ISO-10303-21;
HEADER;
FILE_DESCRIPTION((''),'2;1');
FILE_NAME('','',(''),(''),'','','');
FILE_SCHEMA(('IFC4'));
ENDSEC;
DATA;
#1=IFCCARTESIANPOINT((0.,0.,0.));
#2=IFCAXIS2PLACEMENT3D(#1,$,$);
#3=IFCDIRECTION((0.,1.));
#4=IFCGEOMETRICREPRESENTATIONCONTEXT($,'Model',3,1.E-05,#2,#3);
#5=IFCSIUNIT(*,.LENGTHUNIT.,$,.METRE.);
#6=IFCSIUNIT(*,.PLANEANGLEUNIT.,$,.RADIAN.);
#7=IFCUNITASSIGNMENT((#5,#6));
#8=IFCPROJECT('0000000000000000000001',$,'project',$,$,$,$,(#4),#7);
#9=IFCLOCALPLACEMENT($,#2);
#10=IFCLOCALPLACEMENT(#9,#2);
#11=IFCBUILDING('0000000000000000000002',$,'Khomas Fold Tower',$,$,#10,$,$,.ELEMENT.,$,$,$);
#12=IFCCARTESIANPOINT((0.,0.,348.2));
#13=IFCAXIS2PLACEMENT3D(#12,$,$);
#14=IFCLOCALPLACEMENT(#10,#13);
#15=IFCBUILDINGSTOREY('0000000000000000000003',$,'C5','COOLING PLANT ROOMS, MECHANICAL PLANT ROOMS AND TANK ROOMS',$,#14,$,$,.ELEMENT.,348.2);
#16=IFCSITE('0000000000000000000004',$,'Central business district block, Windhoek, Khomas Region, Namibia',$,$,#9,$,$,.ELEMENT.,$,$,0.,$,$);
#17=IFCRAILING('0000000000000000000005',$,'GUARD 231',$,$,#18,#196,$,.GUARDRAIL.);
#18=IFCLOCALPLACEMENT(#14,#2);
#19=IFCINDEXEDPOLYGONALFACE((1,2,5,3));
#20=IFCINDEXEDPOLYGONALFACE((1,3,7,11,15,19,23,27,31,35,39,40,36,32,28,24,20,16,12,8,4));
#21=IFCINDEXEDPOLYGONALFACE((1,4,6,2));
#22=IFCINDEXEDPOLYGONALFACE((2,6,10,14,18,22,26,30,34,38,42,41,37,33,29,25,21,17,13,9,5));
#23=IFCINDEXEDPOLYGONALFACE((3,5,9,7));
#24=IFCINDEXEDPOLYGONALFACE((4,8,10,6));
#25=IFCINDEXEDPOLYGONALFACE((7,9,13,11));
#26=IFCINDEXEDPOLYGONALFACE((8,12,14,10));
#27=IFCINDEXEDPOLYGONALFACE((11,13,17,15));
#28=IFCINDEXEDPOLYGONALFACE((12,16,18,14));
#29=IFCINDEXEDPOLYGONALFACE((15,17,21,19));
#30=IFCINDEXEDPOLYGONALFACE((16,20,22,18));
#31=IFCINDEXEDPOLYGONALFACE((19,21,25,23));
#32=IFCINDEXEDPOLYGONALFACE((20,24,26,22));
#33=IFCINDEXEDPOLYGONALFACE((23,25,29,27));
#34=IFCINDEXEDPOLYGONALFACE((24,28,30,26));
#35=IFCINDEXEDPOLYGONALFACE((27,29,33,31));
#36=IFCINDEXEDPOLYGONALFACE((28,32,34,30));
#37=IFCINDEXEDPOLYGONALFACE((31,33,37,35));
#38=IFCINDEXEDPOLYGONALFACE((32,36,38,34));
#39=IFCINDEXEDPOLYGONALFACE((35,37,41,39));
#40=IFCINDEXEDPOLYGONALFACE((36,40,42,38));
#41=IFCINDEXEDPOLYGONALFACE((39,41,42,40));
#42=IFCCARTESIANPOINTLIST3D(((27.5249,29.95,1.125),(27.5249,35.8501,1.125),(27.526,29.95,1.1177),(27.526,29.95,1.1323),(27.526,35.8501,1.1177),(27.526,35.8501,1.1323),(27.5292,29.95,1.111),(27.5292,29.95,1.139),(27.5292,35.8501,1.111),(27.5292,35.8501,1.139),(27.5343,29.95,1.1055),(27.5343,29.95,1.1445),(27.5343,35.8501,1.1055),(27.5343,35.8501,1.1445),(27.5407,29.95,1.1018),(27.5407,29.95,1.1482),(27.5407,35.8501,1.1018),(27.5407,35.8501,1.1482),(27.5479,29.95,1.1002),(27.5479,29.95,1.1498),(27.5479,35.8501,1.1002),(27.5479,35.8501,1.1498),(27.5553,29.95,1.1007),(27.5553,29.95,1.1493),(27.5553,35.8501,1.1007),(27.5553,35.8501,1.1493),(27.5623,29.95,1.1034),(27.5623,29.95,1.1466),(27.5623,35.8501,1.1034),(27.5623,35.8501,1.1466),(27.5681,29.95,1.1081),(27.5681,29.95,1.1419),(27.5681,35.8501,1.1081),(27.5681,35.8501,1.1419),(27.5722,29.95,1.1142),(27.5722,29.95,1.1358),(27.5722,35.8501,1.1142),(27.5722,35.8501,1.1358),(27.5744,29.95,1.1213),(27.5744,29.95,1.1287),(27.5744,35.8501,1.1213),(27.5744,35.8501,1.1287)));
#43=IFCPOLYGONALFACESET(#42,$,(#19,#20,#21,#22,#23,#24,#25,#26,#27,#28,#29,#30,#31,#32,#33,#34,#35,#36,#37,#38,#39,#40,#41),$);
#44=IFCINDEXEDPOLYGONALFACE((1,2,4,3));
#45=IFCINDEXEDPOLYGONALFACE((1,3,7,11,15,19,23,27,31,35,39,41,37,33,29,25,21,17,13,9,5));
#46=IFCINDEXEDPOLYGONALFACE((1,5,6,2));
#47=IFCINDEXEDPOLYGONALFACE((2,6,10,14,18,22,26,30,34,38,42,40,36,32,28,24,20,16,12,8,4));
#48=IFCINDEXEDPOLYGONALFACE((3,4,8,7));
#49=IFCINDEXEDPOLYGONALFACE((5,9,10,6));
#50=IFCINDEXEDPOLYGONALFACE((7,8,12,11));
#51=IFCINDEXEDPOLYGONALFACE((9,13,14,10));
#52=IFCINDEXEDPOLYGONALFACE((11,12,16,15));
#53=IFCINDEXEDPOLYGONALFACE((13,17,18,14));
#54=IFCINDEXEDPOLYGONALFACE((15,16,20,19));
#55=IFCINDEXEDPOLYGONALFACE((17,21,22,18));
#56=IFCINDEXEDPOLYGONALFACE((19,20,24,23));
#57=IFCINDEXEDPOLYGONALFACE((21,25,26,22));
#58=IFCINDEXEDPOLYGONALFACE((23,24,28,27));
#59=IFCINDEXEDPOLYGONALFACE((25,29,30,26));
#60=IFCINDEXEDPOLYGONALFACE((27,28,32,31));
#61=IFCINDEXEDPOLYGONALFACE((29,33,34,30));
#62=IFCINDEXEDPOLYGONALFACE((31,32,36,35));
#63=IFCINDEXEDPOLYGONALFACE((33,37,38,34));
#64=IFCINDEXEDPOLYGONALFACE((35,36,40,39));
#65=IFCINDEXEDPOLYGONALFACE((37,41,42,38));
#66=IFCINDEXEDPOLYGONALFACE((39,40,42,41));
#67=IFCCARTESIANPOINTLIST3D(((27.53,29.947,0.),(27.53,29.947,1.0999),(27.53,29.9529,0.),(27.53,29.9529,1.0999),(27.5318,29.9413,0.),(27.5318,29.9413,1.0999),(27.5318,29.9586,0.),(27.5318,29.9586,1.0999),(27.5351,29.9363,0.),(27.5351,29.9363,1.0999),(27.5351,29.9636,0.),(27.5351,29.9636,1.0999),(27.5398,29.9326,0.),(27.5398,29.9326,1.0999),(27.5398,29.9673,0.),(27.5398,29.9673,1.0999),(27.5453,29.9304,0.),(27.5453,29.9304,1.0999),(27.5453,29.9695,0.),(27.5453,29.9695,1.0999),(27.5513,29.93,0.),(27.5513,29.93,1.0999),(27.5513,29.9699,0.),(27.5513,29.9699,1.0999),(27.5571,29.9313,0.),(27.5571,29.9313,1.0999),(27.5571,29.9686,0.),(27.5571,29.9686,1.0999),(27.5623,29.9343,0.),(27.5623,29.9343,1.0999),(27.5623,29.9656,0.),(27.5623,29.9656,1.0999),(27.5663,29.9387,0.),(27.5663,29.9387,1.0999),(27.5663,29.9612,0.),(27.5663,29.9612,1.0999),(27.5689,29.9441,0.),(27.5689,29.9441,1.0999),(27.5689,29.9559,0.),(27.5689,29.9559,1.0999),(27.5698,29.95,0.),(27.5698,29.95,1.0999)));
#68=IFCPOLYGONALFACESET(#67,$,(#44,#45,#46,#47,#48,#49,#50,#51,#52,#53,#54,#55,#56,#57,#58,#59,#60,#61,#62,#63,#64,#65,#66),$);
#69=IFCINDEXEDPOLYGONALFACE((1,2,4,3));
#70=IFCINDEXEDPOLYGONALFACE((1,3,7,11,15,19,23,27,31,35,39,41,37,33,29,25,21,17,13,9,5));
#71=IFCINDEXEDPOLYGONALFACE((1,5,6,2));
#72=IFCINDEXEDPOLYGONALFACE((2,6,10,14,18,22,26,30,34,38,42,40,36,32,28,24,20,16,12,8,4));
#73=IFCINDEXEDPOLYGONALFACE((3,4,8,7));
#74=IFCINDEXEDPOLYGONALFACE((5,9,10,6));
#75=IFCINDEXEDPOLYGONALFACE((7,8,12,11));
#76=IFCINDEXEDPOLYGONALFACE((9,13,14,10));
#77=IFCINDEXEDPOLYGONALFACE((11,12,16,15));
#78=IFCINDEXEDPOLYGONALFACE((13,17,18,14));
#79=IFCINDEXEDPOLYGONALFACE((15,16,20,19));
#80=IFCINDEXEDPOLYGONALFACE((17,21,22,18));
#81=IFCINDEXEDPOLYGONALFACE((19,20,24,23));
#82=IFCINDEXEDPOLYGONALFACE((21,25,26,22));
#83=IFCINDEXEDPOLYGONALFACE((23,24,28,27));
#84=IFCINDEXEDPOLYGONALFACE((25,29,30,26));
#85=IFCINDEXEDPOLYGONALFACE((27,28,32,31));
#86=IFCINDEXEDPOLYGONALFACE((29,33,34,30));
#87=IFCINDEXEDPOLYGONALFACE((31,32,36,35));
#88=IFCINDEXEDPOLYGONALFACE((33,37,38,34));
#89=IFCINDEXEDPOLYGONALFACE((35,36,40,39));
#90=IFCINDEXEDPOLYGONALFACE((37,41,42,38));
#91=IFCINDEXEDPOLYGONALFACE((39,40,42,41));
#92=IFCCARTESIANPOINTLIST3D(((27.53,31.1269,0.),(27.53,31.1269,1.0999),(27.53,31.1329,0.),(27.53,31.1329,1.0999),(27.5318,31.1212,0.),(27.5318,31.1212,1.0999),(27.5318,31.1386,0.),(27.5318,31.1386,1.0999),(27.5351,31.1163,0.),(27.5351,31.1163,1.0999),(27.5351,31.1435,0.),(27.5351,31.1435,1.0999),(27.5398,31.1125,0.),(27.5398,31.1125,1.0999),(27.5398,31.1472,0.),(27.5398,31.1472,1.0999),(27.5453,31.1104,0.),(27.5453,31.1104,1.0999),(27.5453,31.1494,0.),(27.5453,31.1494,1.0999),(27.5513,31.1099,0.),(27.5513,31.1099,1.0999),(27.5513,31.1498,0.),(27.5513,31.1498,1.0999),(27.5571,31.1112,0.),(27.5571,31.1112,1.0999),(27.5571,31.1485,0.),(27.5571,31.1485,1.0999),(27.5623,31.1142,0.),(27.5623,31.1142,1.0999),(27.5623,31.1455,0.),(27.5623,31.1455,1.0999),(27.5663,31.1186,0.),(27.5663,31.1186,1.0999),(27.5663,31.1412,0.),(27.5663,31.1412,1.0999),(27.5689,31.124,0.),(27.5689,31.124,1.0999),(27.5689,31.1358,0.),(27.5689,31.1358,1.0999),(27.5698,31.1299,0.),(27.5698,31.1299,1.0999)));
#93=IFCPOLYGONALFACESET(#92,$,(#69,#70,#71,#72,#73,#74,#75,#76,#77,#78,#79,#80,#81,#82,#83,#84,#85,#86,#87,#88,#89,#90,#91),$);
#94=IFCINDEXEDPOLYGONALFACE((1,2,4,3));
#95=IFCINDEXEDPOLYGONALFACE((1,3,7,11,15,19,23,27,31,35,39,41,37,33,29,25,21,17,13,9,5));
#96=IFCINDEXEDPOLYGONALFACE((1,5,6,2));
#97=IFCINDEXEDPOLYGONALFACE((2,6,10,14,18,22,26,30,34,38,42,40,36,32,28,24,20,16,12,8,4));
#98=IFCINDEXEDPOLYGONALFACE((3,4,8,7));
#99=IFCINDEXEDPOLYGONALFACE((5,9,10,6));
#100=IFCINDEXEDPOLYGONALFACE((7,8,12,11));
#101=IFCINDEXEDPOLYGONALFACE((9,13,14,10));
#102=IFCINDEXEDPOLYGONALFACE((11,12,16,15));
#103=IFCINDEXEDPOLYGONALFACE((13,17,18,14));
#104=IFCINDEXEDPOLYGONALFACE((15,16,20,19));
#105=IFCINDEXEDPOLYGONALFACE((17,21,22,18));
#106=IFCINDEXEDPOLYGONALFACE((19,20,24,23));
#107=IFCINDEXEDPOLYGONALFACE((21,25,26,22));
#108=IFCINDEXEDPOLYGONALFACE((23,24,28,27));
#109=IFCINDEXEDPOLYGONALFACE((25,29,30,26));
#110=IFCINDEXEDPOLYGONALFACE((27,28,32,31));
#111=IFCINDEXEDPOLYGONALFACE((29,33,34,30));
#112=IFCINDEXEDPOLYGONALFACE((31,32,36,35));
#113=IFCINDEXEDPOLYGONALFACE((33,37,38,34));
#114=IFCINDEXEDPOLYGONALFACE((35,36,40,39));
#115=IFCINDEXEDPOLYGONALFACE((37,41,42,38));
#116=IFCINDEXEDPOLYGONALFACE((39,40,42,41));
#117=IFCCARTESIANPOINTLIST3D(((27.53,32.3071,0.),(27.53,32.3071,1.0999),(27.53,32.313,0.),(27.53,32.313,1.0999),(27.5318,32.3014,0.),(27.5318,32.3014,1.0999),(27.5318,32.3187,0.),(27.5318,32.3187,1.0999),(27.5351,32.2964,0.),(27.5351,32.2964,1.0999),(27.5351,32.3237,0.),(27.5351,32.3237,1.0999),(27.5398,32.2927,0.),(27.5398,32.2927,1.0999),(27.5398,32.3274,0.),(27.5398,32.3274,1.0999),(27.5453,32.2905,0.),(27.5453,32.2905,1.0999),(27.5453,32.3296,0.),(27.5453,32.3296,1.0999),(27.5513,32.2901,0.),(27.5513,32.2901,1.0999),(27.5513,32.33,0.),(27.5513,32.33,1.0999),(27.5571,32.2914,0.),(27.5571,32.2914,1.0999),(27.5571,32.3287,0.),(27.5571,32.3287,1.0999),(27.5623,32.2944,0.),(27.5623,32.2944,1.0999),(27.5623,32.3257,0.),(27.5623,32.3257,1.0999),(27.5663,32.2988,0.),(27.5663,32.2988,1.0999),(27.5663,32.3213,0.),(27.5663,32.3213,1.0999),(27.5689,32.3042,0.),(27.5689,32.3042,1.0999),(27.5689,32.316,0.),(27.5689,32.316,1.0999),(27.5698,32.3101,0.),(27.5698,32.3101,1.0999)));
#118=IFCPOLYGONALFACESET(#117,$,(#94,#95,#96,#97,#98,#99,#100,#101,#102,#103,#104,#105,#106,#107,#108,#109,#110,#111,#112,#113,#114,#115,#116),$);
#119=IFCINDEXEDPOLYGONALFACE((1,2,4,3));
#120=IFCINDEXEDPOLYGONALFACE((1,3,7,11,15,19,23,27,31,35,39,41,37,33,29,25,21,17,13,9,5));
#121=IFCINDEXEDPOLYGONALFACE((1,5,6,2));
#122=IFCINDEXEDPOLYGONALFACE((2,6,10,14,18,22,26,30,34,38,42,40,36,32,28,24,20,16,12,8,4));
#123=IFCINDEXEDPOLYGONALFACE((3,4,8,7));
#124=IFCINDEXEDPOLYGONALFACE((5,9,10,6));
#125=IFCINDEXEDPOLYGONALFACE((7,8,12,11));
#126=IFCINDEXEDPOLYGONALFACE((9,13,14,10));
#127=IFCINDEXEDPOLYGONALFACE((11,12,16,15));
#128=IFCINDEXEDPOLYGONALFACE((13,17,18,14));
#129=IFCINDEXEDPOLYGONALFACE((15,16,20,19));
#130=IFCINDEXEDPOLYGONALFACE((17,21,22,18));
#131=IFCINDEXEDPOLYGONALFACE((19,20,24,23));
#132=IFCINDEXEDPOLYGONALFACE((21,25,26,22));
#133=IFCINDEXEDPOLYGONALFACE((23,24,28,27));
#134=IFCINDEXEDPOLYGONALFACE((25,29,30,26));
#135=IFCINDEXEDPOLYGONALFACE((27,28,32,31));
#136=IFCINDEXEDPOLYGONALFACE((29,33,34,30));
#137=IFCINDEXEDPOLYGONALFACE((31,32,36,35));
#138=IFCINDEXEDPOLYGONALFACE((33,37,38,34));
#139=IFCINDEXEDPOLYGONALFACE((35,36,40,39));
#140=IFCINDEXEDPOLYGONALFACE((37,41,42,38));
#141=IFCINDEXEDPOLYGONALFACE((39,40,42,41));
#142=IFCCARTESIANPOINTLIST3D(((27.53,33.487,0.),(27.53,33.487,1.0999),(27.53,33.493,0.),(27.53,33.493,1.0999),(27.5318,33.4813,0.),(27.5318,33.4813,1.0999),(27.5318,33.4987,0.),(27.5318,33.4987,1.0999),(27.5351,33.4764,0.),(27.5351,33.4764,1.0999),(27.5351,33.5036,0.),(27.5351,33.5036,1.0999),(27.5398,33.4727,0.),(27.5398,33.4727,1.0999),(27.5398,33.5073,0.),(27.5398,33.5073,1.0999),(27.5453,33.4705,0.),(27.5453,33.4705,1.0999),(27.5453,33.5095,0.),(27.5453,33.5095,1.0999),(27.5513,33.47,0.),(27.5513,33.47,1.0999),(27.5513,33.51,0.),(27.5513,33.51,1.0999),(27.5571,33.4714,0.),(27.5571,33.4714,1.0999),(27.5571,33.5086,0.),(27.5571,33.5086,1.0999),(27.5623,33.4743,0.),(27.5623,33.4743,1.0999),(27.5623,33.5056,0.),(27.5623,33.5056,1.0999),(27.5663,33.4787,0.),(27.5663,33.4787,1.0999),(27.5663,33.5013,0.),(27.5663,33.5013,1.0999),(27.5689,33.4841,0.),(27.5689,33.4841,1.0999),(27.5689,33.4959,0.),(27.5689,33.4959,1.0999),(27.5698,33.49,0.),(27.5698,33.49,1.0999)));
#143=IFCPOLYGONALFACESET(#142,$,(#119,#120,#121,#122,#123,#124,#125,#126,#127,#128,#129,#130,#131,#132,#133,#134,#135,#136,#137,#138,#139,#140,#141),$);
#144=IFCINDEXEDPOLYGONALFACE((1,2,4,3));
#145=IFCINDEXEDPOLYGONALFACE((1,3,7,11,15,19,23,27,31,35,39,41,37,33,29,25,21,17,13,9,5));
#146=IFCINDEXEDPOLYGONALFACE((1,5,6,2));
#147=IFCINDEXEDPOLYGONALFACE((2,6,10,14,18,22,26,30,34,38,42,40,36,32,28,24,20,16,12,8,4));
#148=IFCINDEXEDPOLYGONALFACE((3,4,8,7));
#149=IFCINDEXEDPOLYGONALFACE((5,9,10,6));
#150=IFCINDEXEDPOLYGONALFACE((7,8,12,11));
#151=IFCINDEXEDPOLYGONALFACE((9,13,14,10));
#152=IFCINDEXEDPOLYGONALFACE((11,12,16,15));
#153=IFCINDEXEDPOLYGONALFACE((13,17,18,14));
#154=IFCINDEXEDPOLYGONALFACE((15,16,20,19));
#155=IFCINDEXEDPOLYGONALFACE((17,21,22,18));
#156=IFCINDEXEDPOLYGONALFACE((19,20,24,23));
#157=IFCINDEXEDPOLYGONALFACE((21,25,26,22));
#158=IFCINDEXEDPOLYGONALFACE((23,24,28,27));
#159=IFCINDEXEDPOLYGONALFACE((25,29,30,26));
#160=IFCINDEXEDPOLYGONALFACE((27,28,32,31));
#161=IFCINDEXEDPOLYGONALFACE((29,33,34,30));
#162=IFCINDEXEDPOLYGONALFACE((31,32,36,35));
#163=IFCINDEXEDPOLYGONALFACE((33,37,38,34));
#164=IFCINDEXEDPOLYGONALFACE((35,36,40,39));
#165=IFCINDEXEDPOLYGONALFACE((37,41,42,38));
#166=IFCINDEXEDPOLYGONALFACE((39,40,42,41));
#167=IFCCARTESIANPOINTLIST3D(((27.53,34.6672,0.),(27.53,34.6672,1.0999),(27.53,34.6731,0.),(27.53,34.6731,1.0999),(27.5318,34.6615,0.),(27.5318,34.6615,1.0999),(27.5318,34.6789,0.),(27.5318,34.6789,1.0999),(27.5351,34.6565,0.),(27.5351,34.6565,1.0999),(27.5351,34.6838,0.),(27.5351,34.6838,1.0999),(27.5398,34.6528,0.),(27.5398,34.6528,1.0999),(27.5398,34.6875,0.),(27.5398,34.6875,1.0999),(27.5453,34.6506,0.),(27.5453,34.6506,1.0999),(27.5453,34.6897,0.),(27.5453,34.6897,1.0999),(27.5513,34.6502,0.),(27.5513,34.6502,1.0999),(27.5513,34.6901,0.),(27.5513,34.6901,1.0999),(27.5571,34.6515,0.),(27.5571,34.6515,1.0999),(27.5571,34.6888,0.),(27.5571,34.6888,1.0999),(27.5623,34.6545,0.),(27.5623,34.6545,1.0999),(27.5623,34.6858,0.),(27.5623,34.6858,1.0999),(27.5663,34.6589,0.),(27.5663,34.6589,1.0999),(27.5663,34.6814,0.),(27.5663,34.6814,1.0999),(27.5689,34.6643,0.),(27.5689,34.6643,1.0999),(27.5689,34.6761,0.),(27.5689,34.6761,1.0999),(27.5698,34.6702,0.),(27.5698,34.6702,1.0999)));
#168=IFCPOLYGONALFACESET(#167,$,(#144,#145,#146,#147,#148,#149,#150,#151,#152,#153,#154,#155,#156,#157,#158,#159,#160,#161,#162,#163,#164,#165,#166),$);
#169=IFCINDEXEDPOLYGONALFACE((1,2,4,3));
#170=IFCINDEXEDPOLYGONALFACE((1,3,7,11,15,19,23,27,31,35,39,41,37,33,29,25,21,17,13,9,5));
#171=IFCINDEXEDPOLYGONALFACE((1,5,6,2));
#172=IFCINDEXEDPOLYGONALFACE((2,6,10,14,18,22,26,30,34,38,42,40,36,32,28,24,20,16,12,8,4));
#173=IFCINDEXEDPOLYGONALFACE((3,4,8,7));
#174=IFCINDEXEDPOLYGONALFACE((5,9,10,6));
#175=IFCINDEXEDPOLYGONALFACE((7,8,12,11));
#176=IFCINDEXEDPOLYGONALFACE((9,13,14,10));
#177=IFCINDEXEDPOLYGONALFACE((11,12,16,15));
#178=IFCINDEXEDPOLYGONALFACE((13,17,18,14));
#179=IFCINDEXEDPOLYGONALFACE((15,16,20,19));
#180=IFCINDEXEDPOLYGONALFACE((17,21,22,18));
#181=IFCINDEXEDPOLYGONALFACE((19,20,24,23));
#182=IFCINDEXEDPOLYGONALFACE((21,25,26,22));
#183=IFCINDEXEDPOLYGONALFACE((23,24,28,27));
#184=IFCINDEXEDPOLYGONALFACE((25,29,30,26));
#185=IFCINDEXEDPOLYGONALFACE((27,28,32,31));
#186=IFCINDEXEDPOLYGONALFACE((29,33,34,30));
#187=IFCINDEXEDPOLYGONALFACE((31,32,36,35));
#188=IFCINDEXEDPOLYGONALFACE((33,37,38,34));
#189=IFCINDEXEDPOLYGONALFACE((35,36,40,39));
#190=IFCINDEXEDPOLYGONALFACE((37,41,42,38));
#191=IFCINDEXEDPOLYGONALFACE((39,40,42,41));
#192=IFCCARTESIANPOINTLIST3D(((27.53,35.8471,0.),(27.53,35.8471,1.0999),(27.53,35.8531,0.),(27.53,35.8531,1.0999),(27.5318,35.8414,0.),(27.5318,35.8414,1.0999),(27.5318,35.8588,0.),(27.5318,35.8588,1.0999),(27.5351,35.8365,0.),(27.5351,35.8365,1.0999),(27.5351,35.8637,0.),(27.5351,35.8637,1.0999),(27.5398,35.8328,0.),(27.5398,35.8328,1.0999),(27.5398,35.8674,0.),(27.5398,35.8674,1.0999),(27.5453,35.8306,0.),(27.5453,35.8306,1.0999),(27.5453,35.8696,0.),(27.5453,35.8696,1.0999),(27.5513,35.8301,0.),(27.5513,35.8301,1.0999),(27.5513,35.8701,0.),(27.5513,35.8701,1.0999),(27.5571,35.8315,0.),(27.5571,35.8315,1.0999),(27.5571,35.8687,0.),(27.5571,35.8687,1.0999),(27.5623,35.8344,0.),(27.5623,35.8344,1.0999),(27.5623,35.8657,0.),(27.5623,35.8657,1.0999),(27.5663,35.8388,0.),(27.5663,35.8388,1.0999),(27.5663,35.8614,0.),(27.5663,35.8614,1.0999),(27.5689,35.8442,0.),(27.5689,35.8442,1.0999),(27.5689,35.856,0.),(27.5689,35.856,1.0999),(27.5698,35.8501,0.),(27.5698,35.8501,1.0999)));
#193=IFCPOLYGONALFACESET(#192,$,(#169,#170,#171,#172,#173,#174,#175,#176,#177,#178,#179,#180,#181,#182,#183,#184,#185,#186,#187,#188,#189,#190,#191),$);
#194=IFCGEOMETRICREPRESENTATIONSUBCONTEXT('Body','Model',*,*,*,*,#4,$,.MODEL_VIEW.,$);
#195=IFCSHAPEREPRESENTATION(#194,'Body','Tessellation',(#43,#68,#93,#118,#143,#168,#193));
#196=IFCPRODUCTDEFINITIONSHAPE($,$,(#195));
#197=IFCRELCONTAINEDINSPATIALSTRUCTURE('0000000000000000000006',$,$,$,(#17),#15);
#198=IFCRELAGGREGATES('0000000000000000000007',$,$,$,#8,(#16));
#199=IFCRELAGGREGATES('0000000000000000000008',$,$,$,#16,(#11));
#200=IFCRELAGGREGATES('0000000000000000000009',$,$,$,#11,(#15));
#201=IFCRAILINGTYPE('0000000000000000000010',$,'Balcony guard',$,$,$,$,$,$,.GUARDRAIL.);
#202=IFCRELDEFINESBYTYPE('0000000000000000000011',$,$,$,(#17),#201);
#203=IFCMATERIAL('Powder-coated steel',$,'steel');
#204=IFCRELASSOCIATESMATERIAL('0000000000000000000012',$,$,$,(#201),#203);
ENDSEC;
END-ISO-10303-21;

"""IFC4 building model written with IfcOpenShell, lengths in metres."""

from ifc_helpers import new_model, si_unit, direction, frame, origin, origin_2d, place, context, subcontext, project, spatial, circle, extrude, source, transform, mapped, material, type_object, element, save


model = new_model("IFC4")

# Units and contexts
model_context = context("Model", 3, precision=1e-05, world=origin(), true_north=direction((0.0, 1.0)))
body_context = subcontext(model_context, "Body", "Model", "MODEL_VIEW")
ifc_project = project(units=[si_unit("LENGTHUNIT", "METRE"), si_unit("PLANEANGLEUNIT", "RADIAN")], contexts=[model_context])

# Site, building, storey
site_placement = place(None, origin())
site = spatial("IfcSite", under=ifc_project, at=site_placement, Name="Central business district block, Windhoek, Khomas Region, Namibia", CompositionType="ELEMENT", RefElevation=0.0)
building_placement = place(site_placement, origin())
building = spatial("IfcBuilding", under=site, at=building_placement, Name="Khomas Fold Tower", CompositionType="ELEMENT")
storey_placement = place(building_placement, frame((0.0, 0.0, 348.2)))
storey = spatial("IfcBuildingStorey", under=building, at=storey_placement, Name="C5", Description="COOLING PLANT ROOMS, MECHANICAL PLANT ROOMS AND TANK ROOMS", CompositionType="ELEMENT", Elevation=348.2)

# Railing
ifc_material_1 = material(Name="Powder-coated steel", Category="steel")
railing_type = type_object("IfcRailingType", Name="Balcony guard", PredefinedType="GUARDRAIL", material=ifc_material_1)
shared_shape_1 = source(origin(), body_context, "Body", "SweptSolid", [
    extrude(circle(Radius=0.0249, at=origin_2d()), frame((0.0, 0.0, 1.125), z_axis=(0.0, 1.0, 0.0), x_axis=(-1.0, 0.0, 0.0)), (0.0, 0.0, 1.0), 5.9001),
    extrude(circle(Radius=0.02, at=origin_2d()), origin(), (0.0, 0.0, 1.0), 1.0999),
    extrude(circle(Radius=0.02, at=origin_2d()), frame((0.0, 1.1799, 0.0)), (0.0, 0.0, 1.0), 1.0999),
    extrude(circle(Radius=0.02, at=origin_2d()), frame((0.0, 2.3601, 0.0)), (0.0, 0.0, 1.0), 1.0999),
    extrude(circle(Radius=0.02, at=origin_2d()), frame((0.0, 3.54, 0.0)), (0.0, 0.0, 1.0), 1.0999),
    extrude(circle(Radius=0.02, at=origin_2d()), frame((0.0, 4.7202, 0.0)), (0.0, 0.0, 1.0), 1.0999),
    extrude(circle(Radius=0.02, at=origin_2d()), frame((0.0, 5.9001, 0.0)), (0.0, 0.0, 1.0), 1.0999),
])
railing_placement = place(storey_placement, frame((27.5498, 29.95, 0.0)))
element("IfcRailing", 1, at=railing_placement, inside=storey, type_object=railing_type, Name="GUARD 231", PredefinedType="GUARDRAIL", context=body_context, shape_type="MappedRepresentation", body=[
    mapped(shared_shape_1, transform((0.0, 0.0, 0.0))),
])

save(model, "model.ifc")
